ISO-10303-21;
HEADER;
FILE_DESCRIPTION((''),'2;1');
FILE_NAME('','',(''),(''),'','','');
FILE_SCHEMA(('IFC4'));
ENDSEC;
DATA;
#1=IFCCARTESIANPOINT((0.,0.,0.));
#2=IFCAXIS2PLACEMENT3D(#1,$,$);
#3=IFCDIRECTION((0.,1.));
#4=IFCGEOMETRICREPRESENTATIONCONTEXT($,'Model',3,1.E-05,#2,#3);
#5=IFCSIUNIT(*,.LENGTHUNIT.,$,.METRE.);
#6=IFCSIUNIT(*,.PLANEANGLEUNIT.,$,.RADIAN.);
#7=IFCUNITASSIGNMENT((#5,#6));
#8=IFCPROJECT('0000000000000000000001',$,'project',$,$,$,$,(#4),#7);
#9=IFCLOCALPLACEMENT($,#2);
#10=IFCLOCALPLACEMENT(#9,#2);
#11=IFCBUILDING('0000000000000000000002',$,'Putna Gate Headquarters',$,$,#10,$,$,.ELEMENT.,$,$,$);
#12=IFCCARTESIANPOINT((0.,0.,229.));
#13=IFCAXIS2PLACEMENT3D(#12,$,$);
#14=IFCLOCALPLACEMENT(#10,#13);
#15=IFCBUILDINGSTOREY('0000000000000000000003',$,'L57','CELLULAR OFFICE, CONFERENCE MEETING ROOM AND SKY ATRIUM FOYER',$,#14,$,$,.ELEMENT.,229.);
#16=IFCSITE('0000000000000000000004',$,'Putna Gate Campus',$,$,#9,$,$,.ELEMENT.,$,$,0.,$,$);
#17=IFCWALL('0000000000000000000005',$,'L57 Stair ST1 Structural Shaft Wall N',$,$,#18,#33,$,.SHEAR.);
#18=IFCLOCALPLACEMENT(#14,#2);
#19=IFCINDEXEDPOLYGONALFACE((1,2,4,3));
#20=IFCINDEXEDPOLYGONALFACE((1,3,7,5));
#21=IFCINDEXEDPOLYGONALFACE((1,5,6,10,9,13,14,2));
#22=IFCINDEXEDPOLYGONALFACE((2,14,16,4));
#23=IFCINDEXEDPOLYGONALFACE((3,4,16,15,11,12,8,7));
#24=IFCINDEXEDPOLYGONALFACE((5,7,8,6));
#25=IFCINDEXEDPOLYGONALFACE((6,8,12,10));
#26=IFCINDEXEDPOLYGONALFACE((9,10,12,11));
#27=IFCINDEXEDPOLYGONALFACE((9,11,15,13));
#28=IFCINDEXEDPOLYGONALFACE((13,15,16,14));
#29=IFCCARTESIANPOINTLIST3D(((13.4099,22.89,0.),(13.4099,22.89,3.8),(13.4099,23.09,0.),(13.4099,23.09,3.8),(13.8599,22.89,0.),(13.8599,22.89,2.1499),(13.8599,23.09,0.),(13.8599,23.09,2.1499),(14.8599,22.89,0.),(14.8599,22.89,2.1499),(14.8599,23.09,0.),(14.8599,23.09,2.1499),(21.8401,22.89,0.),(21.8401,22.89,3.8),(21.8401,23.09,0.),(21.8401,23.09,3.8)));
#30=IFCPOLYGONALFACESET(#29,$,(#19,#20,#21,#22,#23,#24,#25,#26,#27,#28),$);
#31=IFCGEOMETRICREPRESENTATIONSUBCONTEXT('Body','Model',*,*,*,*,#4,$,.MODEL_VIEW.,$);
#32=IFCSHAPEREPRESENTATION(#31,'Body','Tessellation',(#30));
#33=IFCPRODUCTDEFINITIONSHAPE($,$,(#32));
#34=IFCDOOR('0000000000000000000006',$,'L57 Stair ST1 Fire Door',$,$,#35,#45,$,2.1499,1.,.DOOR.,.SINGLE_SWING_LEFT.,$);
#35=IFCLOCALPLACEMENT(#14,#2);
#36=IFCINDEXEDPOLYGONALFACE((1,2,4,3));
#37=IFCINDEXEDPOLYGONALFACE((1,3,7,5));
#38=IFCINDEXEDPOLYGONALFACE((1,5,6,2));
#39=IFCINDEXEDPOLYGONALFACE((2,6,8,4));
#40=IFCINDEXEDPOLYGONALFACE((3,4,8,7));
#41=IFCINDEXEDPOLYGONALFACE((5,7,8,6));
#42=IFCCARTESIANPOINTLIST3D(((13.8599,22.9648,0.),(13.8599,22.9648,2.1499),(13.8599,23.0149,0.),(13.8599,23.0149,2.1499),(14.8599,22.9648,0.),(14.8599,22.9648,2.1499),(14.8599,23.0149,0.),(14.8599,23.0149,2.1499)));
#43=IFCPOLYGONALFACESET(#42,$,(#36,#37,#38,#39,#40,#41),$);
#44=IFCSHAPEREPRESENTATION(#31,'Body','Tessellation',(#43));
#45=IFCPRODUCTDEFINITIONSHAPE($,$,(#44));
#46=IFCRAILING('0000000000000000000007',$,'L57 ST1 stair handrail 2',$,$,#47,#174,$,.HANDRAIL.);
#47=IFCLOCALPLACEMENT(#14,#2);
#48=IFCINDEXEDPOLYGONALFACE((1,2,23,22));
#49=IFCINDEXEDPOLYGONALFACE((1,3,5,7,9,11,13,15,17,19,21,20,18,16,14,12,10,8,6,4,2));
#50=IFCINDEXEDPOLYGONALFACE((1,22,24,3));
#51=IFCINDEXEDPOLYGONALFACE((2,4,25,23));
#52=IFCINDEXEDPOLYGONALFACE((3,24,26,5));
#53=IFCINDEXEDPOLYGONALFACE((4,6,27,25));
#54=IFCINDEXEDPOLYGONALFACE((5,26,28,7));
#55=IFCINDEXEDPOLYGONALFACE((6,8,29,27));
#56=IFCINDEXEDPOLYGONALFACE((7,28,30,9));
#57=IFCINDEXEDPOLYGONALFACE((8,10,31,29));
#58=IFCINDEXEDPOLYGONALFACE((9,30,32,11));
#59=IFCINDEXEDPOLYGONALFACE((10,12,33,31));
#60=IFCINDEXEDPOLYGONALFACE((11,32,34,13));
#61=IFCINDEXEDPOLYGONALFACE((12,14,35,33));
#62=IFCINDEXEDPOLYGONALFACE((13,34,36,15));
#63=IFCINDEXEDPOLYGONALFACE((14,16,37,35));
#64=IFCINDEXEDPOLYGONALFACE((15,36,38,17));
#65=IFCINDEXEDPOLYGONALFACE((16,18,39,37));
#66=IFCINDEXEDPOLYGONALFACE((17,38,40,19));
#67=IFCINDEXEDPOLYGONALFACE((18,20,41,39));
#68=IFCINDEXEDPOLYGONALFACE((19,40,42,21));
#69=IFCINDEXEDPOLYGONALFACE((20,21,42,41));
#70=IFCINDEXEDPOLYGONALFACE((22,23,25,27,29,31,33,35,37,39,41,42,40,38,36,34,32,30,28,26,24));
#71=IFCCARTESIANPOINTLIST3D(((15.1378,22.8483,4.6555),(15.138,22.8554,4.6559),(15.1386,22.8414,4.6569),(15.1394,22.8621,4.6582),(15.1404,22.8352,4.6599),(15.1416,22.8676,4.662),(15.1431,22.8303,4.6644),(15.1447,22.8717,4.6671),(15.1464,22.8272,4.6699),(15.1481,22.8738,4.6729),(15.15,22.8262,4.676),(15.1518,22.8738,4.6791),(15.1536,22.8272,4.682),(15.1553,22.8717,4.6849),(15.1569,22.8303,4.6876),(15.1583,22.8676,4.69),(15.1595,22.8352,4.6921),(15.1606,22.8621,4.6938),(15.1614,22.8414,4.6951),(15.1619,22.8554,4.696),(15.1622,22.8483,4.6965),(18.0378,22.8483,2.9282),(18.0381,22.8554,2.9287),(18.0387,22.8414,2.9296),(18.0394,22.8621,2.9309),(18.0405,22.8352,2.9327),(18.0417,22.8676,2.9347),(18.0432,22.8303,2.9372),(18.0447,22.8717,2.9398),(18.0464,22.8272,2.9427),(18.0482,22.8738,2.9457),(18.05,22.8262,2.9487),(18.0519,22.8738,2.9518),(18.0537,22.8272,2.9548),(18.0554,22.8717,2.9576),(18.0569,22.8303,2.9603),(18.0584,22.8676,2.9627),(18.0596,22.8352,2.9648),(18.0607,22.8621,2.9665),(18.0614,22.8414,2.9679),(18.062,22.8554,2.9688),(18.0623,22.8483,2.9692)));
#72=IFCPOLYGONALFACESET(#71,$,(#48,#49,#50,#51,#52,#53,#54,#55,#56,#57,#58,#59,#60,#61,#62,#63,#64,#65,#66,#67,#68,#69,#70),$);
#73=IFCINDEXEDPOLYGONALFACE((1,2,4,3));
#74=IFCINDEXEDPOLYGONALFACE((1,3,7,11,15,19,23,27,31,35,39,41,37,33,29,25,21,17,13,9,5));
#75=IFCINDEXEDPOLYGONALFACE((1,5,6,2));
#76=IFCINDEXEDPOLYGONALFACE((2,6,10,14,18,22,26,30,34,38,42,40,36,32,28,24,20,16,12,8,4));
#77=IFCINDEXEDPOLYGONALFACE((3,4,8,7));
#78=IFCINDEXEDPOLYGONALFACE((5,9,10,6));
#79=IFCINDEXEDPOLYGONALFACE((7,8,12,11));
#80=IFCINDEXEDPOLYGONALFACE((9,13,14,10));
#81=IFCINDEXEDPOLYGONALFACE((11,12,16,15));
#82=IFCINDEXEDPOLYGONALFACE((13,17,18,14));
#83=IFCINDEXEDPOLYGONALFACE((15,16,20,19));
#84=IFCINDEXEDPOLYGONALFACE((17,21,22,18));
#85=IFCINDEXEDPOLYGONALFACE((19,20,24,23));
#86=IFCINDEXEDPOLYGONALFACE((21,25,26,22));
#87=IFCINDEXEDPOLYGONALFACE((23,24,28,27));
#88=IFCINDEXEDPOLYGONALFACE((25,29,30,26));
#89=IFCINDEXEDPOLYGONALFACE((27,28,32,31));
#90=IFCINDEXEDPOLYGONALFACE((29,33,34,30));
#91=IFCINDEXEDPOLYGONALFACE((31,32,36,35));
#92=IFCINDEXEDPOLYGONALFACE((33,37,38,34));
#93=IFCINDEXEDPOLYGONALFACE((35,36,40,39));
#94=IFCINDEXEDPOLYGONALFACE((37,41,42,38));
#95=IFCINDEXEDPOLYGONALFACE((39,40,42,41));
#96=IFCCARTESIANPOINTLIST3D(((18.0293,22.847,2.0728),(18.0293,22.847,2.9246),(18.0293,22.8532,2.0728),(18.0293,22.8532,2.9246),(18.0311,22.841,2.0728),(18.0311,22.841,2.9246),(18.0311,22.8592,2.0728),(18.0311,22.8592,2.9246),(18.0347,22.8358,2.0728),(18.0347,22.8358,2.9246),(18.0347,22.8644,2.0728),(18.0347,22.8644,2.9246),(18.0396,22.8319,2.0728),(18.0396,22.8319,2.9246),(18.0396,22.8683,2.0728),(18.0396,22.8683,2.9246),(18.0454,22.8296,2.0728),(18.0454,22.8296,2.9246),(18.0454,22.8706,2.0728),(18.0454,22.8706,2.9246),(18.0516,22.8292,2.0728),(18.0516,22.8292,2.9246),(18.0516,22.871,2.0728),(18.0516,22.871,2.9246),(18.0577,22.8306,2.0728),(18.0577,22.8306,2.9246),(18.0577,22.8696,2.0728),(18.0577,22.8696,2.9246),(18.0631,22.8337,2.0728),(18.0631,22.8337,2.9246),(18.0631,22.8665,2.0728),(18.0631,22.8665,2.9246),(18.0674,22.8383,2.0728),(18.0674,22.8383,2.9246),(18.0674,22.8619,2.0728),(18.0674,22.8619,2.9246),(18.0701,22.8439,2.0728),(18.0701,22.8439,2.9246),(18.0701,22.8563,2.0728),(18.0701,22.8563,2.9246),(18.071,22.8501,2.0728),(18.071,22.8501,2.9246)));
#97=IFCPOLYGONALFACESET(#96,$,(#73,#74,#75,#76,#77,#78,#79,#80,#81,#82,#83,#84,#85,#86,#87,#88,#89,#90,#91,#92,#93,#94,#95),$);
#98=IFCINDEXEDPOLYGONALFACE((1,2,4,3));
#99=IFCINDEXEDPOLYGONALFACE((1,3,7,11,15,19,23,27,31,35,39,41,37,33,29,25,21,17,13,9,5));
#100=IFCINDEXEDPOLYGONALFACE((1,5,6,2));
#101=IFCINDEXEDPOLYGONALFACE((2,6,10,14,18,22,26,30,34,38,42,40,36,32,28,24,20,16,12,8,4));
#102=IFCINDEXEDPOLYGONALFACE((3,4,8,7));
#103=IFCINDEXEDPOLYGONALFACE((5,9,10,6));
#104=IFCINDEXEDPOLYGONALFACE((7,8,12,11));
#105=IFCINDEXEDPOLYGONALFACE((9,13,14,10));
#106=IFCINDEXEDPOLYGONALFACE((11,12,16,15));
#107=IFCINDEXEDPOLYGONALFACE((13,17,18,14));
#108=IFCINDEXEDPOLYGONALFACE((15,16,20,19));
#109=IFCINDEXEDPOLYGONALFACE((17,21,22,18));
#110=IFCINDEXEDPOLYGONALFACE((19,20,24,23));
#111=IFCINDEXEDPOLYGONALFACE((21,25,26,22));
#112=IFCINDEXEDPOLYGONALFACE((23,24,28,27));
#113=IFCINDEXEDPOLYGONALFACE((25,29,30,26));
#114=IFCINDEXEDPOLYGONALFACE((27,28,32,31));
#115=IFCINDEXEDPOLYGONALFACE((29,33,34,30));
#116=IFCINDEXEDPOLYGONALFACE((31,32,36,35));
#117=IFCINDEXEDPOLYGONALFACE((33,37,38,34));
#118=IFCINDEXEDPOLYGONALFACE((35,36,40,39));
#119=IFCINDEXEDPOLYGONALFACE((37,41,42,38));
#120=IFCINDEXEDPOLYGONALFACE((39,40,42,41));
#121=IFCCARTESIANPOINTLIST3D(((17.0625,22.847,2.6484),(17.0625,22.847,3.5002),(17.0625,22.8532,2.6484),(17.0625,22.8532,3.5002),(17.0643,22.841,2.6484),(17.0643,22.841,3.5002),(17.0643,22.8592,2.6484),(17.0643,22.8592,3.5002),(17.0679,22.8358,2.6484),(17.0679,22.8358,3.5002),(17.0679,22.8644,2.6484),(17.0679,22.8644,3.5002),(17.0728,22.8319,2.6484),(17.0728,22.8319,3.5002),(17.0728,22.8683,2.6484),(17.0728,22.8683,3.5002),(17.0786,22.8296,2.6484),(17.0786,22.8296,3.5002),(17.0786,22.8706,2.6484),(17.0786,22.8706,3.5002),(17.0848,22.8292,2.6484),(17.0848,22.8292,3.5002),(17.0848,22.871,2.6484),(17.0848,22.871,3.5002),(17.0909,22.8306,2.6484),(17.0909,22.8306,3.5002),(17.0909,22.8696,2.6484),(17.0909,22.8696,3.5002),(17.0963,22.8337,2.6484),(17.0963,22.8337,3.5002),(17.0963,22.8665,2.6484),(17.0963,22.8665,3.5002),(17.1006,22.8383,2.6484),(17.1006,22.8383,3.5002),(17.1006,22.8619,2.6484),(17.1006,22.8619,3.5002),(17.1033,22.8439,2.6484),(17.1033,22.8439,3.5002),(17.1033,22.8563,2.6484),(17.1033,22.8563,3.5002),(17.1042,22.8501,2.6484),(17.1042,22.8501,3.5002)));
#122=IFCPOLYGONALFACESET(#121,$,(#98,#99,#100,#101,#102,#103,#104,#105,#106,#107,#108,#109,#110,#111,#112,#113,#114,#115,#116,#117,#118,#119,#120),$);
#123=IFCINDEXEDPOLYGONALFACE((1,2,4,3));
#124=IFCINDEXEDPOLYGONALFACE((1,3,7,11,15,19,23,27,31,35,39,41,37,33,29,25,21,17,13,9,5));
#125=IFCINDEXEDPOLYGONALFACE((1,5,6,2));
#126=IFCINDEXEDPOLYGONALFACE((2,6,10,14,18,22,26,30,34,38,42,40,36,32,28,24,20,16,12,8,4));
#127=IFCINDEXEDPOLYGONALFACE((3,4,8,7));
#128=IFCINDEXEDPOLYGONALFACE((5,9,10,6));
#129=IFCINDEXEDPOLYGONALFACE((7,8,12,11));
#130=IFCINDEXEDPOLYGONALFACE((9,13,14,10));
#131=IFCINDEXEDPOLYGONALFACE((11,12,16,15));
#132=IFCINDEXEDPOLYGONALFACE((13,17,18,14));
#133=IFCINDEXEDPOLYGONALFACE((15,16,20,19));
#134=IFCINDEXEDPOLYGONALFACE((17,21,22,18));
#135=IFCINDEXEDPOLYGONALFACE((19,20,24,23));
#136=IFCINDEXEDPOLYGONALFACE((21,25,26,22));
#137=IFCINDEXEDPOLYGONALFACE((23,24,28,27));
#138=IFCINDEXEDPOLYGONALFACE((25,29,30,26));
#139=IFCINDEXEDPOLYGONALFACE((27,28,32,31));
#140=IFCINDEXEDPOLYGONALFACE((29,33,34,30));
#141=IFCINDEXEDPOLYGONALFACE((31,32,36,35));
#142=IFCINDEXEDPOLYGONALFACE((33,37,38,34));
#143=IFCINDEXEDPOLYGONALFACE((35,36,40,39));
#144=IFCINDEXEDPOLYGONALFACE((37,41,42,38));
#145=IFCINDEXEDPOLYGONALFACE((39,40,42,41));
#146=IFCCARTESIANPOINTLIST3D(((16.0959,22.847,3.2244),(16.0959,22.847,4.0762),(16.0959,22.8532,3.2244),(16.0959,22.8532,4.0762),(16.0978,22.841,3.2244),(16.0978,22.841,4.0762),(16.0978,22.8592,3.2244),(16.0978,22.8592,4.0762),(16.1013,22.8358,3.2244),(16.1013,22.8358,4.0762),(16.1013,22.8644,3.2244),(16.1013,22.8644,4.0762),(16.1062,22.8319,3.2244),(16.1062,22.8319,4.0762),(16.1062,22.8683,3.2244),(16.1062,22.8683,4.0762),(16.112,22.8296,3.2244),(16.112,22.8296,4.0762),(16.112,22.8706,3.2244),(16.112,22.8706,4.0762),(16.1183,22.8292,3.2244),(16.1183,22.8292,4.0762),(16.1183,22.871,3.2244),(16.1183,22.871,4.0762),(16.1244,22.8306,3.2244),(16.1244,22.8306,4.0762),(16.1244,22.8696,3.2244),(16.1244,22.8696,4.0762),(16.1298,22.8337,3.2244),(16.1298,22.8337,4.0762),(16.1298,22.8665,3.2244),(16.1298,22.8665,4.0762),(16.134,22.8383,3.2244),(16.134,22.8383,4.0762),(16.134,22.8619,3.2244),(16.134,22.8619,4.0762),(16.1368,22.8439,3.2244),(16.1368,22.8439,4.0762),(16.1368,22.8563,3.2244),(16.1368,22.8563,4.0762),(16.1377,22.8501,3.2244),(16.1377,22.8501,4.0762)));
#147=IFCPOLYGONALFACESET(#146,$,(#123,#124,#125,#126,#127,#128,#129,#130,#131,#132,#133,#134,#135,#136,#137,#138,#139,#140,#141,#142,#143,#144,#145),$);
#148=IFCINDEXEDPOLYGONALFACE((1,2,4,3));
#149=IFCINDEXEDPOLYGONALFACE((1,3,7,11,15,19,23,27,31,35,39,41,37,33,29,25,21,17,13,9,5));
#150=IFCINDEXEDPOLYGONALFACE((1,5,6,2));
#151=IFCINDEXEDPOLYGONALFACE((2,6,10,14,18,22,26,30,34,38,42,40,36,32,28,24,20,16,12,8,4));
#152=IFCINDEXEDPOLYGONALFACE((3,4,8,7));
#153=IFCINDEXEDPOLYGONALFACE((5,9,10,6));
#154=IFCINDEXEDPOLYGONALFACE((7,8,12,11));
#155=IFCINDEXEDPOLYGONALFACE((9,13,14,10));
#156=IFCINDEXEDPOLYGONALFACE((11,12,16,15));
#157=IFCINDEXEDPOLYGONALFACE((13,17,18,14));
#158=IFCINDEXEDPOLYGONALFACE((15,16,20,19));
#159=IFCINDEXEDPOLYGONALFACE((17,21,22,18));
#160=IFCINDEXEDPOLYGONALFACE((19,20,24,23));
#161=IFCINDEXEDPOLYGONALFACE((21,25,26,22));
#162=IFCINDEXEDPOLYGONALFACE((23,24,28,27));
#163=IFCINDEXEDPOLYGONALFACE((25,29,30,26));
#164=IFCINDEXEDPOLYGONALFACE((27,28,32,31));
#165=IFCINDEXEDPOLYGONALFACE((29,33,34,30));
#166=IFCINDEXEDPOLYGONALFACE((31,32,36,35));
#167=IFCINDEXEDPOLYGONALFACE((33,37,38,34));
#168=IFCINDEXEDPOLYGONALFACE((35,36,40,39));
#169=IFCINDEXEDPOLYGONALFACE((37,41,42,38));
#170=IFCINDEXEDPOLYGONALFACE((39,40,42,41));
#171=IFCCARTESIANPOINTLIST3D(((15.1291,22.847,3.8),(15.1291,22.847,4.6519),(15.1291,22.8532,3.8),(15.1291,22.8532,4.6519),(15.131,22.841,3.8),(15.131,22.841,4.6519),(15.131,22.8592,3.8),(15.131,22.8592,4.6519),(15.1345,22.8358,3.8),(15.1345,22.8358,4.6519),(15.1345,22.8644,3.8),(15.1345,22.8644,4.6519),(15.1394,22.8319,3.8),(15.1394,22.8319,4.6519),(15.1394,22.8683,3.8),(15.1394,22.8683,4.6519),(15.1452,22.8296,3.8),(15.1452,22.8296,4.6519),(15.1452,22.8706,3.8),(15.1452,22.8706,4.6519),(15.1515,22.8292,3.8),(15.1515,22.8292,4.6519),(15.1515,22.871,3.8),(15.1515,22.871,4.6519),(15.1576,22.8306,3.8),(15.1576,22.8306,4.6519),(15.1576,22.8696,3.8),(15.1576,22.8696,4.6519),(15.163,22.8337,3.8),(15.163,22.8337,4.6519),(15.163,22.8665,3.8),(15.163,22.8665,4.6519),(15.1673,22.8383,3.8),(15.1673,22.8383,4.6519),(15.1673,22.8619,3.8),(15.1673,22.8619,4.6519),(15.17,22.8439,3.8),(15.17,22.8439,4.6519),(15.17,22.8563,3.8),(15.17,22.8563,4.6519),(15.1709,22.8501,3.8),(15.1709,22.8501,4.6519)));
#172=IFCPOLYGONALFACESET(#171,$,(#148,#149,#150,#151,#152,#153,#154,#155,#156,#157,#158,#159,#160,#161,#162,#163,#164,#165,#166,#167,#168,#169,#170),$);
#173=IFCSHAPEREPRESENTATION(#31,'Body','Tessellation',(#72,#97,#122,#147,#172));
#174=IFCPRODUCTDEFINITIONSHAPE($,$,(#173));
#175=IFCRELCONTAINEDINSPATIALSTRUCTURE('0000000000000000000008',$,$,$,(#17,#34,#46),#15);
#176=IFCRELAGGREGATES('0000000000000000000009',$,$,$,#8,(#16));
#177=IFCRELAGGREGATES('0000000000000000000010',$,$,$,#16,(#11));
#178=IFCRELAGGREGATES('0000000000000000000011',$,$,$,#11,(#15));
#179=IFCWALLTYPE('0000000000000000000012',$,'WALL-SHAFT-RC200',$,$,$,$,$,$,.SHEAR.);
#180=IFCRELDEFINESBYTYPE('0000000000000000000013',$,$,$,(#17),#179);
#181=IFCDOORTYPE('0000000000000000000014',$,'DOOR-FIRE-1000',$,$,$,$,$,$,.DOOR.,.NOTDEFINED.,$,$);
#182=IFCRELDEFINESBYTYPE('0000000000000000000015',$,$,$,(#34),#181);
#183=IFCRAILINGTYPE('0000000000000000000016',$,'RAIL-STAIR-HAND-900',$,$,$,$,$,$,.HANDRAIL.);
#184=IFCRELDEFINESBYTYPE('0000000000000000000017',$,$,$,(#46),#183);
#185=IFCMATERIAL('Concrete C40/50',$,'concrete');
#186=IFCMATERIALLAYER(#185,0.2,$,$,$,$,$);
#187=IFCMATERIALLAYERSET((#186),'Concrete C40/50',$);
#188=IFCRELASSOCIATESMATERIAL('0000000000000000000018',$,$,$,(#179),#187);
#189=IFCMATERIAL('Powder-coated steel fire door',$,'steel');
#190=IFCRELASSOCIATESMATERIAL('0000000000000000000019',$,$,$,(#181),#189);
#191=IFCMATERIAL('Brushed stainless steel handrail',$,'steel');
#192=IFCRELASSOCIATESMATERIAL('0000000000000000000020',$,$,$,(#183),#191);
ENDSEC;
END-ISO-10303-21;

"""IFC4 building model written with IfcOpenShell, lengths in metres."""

from ifc_helpers import new_model, si_unit, direction, frame, frame_2d, origin, origin_2d, place, context, subcontext, project, spatial, rectangle, circle, extrude, material, layer, layer_set, type_object, element, fill, save


model = new_model("IFC4")

# Units and contexts
model_context = context("Model", 3, precision=1e-05, world=origin(), true_north=direction((0.0, 1.0)))
body_context = subcontext(model_context, "Body", "Model", "MODEL_VIEW")
ifc_project = project(units=[si_unit("LENGTHUNIT", "METRE"), si_unit("PLANEANGLEUNIT", "RADIAN")], contexts=[model_context])

# Site, building, storey
site_placement = place(None, origin())
site = spatial("IfcSite", under=ifc_project, at=site_placement, Name="Putna Gate Campus", CompositionType="ELEMENT", RefElevation=0.0)
building_placement = place(site_placement, origin())
building = spatial("IfcBuilding", under=site, at=building_placement, Name="Putna Gate Headquarters", CompositionType="ELEMENT")
storey_placement = place(building_placement, frame((0.0, 0.0, 229.0)))
storey = spatial("IfcBuildingStorey", under=building, at=storey_placement, Name="L57", Description="CELLULAR OFFICE, CONFERENCE MEETING ROOM AND SKY ATRIUM FOYER", CompositionType="ELEMENT", Elevation=229.0)

# Shared definitions
ifc_material_1 = material(Name="Concrete C40/50", Category="concrete")

# Wall, opening, door
ifc_layer_1 = layer(ifc_material_1, 0.2)
ifc_layer_set_1 = layer_set([ifc_layer_1], Name="Concrete C40/50")
wall_type_1 = type_object("IfcWallType", Name="WALL-SHAFT-RC200", PredefinedType="SHEAR", material=ifc_layer_set_1)
wall_1_placement = place(storey_placement, frame((13.4099, 22.99, 0.0), z_axis=(0.0, 0.0, 1.0), x_axis=(1.0, 0.0, 0.0)))
wall_1 = element("IfcWall", 1, at=wall_1_placement, inside=storey, type_object=wall_type_1, Name="L57 Stair ST1 Structural Shaft Wall N", PredefinedType="SHEAR", context=body_context, shape_type="SweptSolid", body=[
    extrude(rectangle(XDim=8.4302, YDim=0.2, at=frame_2d((4.2151, 0.0))), origin(), (0.0, 0.0, 1.0), 3.8),
])
opening_1_placement = place(wall_1_placement, frame((0.45, 0.0, 0.0)))
opening_1 = element("IfcOpeningElement", 2, at=opening_1_placement, cuts=wall_1, PredefinedType="OPENING", context=body_context, shape_type="SweptSolid", body=[
    extrude(rectangle(XDim=1.0, YDim=2.1499, at=frame_2d((0.5, 1.075))), frame((0.0, 0.1099, 0.0), z_axis=(0.0, -1.0, 0.0), x_axis=(1.0, 0.0, 0.0)), (0.0, 0.0, 1.0), 0.22),
])
ifc_material_2 = material(Name="Powder-coated steel fire door", Category="steel")
door_type_1 = type_object("IfcDoorType", Name="DOOR-FIRE-1000", OperationType="NOTDEFINED", PredefinedType="DOOR", material=ifc_material_2)
door_1_placement = place(opening_1_placement, origin())
door_1 = element("IfcDoor", 3, at=door_1_placement, inside=storey, type_object=door_type_1, Name="L57 Stair ST1 Fire Door", OperationType="SINGLE_SWING_LEFT", OverallHeight=2.1499, OverallWidth=1.0, PredefinedType="DOOR", context=body_context, shape_type="SweptSolid", body=[
    extrude(rectangle(XDim=1.0, YDim=2.1499, at=frame_2d((0.5, 1.075))), frame((0.0, 0.0249, 0.0), z_axis=(0.0, -1.0, 0.0), x_axis=(1.0, 0.0, 0.0)), (0.0, 0.0, 1.0), 0.05),
])
fill(opening_1, door_1)

# Railing
ifc_material_3 = material(Name="Brushed stainless steel handrail", Category="steel")
railing_type = type_object("IfcRailingType", Name="RAIL-STAIR-HAND-900", PredefinedType="HANDRAIL", material=ifc_material_3)
railing_placement = place(storey_placement, frame((18.05, 22.8501, 2.0728)))
element("IfcRailing", 4, at=railing_placement, inside=storey, type_object=railing_type, Name="L57 ST1 stair handrail 2", PredefinedType="HANDRAIL", context=body_context, shape_type="SweptSolid", body=[
    extrude(circle(Radius=0.0239, at=origin_2d()), frame((0.0, 0.0, 0.876), z_axis=(-0.85916, 0.0, 0.511706), x_axis=(0.0, -1.0, 0.0)), (0.0, 0.0, 1.0), 3.3755),
    extrude(circle(Radius=0.021, at=origin_2d()), origin(), (0.0, 0.0, 1.0), 0.8518),
    extrude(circle(Radius=0.021, at=origin_2d()), frame((-0.9668, 0.0, 0.5757)), (0.0, 0.0, 1.0), 0.8518),
    extrude(circle(Radius=0.021, at=origin_2d()), frame((-1.9333, 0.0, 1.1516)), (0.0, 0.0, 1.0), 0.8518),
    extrude(circle(Radius=0.021, at=origin_2d()), frame((-2.9001, 0.0, 1.7273)), (0.0, 0.0, 1.0), 0.8518),
])

save(model, "model.ifc")
